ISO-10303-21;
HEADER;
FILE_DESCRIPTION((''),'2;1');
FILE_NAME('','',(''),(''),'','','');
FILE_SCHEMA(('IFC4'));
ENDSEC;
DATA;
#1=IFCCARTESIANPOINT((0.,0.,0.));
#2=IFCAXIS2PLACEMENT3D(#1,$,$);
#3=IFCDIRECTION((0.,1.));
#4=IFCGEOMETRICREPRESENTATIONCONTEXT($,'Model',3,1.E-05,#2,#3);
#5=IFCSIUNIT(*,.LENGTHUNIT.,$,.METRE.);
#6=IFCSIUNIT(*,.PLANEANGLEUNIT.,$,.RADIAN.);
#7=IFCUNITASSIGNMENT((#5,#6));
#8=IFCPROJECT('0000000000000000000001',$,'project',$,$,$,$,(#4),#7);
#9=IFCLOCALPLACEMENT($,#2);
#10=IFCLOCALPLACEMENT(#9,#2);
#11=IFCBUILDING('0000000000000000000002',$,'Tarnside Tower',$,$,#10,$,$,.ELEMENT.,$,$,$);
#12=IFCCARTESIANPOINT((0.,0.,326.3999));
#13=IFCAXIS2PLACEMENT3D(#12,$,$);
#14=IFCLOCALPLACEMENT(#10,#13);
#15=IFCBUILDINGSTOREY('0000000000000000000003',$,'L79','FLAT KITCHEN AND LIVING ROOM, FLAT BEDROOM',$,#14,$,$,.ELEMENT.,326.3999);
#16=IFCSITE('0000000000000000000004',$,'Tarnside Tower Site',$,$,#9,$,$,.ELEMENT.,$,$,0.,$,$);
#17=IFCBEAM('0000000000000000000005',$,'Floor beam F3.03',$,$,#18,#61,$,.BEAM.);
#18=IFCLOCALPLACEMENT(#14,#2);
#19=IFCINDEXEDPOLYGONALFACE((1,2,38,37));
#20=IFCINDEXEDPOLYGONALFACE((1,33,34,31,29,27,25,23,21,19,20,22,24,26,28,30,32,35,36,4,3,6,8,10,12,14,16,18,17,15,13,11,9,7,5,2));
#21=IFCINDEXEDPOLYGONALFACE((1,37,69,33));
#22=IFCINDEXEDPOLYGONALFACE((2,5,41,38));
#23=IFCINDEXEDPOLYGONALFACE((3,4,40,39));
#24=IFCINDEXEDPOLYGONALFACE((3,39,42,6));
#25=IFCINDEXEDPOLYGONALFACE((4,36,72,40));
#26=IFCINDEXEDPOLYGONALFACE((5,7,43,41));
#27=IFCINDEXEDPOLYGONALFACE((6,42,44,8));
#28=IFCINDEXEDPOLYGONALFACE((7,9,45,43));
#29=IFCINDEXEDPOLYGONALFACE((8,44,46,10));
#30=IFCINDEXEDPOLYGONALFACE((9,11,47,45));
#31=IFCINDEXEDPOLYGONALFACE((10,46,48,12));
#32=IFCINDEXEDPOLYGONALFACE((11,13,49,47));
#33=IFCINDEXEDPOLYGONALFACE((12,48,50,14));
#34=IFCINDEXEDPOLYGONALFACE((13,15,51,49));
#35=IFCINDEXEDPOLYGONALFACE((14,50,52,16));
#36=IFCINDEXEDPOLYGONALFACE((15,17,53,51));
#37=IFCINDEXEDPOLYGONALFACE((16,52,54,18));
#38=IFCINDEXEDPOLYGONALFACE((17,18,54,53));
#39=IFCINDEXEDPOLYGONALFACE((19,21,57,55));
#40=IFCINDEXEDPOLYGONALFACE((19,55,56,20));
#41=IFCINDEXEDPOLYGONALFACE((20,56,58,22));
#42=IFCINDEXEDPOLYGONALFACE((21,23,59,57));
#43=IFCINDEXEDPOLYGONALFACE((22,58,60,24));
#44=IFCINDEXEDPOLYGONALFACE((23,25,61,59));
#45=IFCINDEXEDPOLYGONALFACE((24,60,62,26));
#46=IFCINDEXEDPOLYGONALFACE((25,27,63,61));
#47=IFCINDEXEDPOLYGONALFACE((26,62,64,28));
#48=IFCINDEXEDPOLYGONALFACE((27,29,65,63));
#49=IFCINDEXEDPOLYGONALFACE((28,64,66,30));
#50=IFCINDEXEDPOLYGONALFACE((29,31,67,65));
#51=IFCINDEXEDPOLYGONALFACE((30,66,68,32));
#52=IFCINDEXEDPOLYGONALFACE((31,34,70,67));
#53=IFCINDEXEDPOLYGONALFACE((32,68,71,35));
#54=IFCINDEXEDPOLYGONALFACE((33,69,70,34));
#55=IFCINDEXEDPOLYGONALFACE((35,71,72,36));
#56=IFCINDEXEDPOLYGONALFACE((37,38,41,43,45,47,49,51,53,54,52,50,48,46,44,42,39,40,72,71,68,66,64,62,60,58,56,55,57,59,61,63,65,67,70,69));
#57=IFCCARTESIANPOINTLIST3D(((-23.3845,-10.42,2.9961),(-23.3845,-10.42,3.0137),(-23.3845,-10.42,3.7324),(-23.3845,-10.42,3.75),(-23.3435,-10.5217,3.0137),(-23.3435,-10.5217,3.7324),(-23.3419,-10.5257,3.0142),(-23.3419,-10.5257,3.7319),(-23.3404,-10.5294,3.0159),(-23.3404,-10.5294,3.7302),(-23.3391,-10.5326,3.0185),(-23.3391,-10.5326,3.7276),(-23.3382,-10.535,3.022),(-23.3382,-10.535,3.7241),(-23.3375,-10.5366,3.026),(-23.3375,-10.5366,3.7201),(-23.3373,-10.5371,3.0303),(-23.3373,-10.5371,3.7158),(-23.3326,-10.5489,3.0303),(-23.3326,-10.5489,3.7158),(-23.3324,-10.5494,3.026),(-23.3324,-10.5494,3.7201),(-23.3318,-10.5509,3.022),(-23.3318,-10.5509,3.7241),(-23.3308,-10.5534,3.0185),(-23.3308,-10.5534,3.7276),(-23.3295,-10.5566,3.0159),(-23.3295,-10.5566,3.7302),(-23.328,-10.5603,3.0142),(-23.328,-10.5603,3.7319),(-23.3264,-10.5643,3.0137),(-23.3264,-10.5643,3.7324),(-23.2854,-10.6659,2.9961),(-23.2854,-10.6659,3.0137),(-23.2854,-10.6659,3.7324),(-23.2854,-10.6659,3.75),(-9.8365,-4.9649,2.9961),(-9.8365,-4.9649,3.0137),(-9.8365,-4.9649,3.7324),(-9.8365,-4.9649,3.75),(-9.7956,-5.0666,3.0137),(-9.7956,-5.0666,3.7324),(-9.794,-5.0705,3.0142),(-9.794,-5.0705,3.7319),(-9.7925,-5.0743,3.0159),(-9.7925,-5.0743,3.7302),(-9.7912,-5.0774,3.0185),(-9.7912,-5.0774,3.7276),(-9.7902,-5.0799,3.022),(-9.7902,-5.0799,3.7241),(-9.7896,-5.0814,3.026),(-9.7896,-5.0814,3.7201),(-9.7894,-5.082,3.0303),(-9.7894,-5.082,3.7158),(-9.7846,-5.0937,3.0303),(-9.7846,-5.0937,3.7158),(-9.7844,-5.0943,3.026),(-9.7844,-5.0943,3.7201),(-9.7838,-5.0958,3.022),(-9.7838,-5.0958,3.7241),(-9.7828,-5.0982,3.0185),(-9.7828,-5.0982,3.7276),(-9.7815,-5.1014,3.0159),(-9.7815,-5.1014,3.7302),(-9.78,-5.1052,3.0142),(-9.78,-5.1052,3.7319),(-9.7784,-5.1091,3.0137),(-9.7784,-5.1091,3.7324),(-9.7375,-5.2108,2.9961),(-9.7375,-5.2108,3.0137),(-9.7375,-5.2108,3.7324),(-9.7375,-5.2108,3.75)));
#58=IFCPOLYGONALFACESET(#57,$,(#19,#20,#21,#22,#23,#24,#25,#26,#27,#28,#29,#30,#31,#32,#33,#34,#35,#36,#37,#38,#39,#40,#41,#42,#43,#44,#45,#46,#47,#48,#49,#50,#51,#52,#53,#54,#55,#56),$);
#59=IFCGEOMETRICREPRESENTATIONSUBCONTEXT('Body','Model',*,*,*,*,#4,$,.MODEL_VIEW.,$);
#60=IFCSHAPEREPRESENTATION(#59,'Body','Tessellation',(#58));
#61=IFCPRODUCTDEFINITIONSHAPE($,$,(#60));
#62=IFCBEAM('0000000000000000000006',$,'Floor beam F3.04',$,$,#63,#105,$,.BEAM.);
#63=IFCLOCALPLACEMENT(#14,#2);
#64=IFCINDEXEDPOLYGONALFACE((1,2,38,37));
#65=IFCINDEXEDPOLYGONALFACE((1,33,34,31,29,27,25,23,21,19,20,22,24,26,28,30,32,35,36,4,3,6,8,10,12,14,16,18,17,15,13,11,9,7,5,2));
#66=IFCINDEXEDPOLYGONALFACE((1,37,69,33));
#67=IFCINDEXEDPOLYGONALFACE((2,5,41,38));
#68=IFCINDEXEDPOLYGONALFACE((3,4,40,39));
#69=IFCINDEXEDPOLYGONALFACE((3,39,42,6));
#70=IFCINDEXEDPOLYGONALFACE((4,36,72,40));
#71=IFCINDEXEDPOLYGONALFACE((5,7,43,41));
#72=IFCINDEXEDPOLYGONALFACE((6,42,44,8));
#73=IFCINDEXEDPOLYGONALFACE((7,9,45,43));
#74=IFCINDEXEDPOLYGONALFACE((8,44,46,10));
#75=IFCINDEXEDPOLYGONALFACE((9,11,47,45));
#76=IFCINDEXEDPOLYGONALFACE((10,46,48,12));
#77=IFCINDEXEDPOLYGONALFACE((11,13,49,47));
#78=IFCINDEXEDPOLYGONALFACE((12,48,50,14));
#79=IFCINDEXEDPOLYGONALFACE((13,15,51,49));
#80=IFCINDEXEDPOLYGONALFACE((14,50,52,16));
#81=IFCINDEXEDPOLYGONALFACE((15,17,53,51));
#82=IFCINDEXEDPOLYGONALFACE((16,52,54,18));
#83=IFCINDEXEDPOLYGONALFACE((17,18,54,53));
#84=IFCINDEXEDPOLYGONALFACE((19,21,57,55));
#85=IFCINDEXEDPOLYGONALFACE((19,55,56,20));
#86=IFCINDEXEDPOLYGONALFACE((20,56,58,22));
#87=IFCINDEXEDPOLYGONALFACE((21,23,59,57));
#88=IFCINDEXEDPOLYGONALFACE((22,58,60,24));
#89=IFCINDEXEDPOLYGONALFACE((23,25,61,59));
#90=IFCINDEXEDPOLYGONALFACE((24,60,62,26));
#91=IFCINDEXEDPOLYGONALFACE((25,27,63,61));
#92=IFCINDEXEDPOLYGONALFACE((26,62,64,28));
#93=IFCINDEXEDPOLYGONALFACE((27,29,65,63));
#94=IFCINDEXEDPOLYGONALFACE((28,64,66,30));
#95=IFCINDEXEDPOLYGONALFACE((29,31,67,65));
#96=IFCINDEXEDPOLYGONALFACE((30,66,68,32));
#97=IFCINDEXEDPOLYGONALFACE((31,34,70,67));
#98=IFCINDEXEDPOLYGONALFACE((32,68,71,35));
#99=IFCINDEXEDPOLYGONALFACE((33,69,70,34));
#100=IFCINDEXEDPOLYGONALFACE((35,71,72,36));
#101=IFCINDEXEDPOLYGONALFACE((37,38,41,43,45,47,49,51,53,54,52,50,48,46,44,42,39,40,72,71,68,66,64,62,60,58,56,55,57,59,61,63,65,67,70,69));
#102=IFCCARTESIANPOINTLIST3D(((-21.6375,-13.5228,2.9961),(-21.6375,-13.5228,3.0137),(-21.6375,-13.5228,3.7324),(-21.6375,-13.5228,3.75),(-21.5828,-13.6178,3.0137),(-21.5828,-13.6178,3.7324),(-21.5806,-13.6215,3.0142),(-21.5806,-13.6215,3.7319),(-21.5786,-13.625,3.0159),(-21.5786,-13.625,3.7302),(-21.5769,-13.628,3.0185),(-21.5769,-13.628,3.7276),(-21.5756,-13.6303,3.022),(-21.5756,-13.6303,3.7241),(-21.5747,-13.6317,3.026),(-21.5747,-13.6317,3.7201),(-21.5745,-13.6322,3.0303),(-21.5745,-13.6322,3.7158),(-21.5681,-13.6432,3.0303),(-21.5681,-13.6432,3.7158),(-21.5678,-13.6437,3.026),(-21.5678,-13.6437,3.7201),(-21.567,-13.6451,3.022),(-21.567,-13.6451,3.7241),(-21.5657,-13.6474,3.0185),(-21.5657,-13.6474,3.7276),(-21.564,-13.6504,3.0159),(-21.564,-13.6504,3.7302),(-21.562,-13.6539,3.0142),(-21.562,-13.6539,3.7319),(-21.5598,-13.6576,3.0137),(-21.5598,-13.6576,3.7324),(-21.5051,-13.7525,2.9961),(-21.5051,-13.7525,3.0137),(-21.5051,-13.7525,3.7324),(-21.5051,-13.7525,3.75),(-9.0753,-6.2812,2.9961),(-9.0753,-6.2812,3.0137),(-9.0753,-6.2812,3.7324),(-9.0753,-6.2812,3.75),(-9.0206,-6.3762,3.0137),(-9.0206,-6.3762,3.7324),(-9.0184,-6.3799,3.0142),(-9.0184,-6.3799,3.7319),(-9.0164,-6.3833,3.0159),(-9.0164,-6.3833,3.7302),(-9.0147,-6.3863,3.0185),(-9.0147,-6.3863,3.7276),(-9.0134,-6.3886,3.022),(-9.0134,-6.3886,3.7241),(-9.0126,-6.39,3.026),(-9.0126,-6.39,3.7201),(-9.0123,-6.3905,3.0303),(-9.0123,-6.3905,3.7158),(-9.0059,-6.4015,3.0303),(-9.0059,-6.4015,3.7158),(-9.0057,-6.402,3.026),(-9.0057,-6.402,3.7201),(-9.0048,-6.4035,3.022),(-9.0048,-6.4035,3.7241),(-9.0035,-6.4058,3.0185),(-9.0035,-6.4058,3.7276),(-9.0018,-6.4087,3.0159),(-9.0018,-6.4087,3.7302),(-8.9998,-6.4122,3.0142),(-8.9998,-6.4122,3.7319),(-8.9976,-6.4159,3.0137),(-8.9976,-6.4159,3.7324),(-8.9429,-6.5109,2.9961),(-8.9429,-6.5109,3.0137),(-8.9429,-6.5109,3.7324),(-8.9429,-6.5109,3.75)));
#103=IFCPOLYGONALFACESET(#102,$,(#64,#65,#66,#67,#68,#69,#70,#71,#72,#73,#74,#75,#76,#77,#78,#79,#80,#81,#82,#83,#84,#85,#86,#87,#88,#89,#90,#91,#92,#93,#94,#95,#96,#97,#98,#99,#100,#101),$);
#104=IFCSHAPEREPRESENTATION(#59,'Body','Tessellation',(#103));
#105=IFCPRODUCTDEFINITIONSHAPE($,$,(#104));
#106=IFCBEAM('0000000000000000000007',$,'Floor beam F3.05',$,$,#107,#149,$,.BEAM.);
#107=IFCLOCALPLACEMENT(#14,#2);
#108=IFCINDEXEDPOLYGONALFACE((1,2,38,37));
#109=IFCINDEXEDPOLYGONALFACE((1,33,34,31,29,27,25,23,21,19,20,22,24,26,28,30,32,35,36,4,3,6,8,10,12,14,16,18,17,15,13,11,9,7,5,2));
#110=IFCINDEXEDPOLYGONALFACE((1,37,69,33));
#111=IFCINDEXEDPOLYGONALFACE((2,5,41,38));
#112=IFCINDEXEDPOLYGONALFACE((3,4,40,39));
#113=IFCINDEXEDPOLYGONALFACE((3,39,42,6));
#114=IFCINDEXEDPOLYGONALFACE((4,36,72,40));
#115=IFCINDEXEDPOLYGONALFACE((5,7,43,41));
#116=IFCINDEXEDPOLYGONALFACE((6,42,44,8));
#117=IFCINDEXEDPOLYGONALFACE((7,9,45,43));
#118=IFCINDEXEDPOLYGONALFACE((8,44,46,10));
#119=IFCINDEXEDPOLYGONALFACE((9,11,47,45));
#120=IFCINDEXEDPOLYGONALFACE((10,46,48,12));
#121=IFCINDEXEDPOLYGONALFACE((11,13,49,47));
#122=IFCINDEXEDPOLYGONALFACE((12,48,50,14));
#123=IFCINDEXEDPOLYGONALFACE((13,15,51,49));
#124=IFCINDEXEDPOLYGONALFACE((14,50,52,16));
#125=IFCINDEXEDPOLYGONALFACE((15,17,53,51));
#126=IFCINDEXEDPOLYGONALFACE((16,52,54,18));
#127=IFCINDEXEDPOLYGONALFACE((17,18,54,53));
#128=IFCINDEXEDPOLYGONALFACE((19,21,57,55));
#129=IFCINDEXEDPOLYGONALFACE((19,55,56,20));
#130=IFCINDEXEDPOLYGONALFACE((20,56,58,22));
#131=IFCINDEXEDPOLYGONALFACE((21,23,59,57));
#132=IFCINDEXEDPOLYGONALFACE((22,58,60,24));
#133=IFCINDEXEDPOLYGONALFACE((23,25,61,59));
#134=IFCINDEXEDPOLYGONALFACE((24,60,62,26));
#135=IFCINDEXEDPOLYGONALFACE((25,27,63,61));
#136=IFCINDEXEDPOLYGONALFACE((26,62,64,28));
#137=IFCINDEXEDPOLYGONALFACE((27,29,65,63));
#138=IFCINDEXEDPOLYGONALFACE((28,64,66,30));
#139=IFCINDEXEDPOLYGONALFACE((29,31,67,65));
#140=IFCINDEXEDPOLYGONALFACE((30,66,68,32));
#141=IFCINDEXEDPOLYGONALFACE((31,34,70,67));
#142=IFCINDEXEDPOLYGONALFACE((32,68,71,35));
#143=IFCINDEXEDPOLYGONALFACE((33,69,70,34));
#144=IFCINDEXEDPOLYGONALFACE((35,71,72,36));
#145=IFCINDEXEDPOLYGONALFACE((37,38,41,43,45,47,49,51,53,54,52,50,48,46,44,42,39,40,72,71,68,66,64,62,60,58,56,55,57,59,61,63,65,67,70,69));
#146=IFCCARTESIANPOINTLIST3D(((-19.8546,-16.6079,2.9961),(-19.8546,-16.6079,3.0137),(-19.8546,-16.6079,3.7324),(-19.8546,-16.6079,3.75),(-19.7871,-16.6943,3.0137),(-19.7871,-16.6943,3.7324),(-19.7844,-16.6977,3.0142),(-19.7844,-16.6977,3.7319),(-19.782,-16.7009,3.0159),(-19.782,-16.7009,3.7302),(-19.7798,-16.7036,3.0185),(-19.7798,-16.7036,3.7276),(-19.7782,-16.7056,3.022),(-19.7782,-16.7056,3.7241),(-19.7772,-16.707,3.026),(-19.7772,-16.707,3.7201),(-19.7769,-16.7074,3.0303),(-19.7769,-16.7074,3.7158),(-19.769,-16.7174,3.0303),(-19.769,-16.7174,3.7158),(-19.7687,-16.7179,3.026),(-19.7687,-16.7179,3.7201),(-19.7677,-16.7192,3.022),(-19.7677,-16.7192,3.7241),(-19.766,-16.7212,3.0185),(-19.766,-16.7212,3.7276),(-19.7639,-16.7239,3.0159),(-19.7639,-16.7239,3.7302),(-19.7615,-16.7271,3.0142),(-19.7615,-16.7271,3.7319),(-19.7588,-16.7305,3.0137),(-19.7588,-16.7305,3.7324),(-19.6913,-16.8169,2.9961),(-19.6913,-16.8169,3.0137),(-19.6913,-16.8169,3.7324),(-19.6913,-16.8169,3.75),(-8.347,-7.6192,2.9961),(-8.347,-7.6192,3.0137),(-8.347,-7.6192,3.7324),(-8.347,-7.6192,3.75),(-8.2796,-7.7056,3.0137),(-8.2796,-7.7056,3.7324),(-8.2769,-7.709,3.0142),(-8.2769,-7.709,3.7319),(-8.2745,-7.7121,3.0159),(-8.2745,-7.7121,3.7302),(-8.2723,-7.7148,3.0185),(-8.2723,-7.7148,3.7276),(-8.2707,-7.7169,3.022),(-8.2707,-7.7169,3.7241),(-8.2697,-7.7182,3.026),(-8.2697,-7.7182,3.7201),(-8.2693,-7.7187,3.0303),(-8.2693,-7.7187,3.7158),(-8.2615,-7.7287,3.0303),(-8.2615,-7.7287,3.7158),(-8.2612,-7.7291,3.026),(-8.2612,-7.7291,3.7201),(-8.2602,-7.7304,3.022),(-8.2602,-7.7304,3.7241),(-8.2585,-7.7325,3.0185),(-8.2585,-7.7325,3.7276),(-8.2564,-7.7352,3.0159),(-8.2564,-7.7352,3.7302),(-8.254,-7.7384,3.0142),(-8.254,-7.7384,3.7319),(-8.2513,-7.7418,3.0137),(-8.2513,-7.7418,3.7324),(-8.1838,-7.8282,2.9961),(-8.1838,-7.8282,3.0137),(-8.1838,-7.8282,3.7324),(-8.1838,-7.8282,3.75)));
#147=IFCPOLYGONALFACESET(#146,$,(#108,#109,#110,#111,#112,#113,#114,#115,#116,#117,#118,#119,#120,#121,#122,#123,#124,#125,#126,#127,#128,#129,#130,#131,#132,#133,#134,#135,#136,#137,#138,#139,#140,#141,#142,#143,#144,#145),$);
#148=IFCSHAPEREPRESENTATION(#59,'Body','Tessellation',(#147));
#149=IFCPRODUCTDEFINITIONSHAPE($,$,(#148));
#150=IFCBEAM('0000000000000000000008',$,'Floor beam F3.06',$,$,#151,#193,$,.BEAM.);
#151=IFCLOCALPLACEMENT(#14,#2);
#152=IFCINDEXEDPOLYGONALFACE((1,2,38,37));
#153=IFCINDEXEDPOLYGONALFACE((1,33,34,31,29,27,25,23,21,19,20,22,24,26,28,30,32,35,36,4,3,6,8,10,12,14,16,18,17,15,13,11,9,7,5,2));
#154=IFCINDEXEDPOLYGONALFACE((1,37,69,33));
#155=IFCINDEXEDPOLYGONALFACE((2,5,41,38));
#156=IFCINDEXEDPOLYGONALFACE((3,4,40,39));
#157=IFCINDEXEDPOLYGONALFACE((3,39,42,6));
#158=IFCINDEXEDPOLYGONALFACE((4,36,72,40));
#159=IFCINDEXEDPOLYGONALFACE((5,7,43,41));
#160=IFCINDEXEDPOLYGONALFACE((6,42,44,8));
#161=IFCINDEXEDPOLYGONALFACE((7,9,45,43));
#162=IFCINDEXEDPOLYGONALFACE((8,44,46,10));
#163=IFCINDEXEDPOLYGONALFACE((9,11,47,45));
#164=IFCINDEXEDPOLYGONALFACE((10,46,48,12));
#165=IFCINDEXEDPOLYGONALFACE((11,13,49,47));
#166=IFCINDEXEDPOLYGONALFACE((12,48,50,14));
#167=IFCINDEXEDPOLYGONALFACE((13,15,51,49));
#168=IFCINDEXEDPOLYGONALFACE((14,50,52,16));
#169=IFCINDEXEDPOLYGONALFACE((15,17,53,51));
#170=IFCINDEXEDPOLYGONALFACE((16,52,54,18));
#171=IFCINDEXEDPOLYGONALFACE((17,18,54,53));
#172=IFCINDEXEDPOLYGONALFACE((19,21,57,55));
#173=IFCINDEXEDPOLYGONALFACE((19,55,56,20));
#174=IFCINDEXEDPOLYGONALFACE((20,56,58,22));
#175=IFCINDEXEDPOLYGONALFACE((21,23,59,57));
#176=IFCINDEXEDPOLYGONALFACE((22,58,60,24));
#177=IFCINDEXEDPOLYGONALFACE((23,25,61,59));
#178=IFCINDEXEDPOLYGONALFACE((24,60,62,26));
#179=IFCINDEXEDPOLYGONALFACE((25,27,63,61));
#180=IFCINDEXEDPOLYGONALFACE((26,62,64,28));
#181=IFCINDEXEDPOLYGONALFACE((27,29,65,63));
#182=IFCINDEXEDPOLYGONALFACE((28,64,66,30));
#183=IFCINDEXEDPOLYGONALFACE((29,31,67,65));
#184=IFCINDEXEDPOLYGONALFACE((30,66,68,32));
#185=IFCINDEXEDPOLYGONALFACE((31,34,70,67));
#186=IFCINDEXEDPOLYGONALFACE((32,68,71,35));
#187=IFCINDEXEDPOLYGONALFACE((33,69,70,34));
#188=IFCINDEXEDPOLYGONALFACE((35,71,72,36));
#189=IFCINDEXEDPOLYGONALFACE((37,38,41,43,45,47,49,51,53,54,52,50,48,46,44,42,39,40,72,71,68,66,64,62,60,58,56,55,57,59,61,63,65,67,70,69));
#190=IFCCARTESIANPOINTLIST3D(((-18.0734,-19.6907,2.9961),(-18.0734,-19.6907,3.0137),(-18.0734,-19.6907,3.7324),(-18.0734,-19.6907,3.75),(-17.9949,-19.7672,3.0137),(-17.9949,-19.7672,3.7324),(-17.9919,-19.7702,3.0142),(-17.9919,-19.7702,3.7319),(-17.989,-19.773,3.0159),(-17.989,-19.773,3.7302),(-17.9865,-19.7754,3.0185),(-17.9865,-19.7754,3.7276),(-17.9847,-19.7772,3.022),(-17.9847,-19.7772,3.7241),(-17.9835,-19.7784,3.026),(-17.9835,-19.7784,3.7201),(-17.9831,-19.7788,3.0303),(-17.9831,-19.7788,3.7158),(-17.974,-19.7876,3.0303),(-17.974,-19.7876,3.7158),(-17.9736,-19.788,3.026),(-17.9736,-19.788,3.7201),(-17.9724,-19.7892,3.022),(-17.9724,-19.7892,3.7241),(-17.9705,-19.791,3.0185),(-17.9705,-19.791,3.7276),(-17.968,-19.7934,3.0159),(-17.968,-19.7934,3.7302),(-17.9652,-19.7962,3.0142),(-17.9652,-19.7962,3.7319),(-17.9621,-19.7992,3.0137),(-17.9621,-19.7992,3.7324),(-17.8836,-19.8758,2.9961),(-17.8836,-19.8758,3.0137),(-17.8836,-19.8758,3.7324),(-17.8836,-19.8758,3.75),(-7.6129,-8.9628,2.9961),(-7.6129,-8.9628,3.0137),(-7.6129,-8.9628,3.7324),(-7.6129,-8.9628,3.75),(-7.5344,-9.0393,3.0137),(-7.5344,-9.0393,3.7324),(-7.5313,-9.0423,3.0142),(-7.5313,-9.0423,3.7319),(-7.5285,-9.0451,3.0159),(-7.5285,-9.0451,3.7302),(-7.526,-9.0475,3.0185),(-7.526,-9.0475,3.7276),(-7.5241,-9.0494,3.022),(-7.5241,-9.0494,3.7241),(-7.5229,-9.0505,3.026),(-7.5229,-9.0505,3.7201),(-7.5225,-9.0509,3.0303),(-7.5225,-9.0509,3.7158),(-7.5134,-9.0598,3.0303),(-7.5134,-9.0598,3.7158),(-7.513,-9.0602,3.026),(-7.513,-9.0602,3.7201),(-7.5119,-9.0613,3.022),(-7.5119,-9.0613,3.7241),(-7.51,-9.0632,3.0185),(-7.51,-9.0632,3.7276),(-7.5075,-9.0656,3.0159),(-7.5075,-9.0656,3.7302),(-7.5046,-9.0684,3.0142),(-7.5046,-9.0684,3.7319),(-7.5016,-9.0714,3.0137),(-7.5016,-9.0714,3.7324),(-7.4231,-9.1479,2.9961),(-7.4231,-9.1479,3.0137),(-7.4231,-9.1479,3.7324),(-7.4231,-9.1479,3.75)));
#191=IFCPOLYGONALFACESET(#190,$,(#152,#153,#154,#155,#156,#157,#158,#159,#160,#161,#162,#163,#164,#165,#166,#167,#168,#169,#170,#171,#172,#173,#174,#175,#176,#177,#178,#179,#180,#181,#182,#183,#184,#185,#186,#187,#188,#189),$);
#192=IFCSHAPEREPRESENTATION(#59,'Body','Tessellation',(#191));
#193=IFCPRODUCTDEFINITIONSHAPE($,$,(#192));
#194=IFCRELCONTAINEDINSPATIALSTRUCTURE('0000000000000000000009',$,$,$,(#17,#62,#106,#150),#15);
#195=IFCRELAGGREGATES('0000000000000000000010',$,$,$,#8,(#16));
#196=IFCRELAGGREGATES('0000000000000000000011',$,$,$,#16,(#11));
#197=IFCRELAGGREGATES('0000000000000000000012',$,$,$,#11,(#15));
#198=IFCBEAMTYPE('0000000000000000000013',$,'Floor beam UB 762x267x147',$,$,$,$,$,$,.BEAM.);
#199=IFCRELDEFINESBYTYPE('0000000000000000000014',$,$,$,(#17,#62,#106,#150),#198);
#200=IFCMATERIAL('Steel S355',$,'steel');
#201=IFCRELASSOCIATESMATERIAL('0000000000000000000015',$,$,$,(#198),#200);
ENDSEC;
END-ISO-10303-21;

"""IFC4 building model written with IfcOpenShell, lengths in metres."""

from ifc_helpers import new_model, si_unit, direction, frame, origin, origin_2d, place, context, subcontext, project, spatial, i_section, extrude, material, material_profile, profile_set, type_object, element, save


model = new_model("IFC4")

# Units and contexts
model_context = context("Model", 3, precision=1e-05, world=origin(), true_north=direction((0.0, 1.0)))
body_context = subcontext(model_context, "Body", "Model", "MODEL_VIEW")
ifc_project = project(units=[si_unit("LENGTHUNIT", "METRE"), si_unit("PLANEANGLEUNIT", "RADIAN")], contexts=[model_context])

# Site, building, storey
site_placement = place(None, origin())
site = spatial("IfcSite", under=ifc_project, at=site_placement, Name="Tarnside Tower Site", CompositionType="ELEMENT", RefElevation=0.0)
building_placement = place(site_placement, origin())
building = spatial("IfcBuilding", under=site, at=building_placement, Name="Tarnside Tower", CompositionType="ELEMENT")
storey_placement = place(building_placement, frame((0.0, 0.0, 326.3999)))
storey = spatial("IfcBuildingStorey", under=building, at=storey_placement, Name="L79", Description="FLAT KITCHEN AND LIVING ROOM, FLAT BEDROOM", CompositionType="ELEMENT", Elevation=326.3999)

# Beams
ifc_material_1 = material(Name="Steel S355", Category="steel")
ifc_material_profile_1 = material_profile(ifc_material_1, i_section(OverallWidth=0.2651, OverallDepth=0.7539, WebThickness=0.0127, FlangeThickness=0.0176, FilletRadius=0.0166, at=origin_2d()), Name="UB 762x267x147")
ifc_profile_set_1 = profile_set([ifc_material_profile_1], Name="Steel S355")
beam_type_1 = type_object("IfcBeamType", Name="Floor beam UB 762x267x147", PredefinedType="BEAM", material=ifc_profile_set_1)
beam_1_placement = place(storey_placement, frame((-23.335, -10.543, 3.373), z_axis=(0.927626, 0.373511, 0.0), x_axis=(-0.373511, 0.927626, 0.0)))
element("IfcBeam", 1, at=beam_1_placement, inside=storey, type_object=beam_type_1, Name="Floor beam F3.03", PredefinedType="BEAM", context=body_context, shape_type="SweptSolid", body=[
    extrude(i_section(OverallWidth=0.2651, OverallDepth=0.7539, WebThickness=0.0127, FlangeThickness=0.0176, FilletRadius=0.0166, at=origin_2d()), origin(), (0.0, 0.0, 1.0), 14.605),
])
beam_2_placement = place(storey_placement, frame((-21.5713, -13.6377, 3.373), z_axis=(0.866357, 0.499425, 0.0), x_axis=(-0.499425, 0.866357, 0.0)))
element("IfcBeam", 2, at=beam_2_placement, inside=storey, type_object=beam_type_1, Name="Floor beam F3.04", PredefinedType="BEAM", context=body_context, shape_type="SweptSolid", body=[
    extrude(i_section(OverallWidth=0.2651, OverallDepth=0.7539, WebThickness=0.0127, FlangeThickness=0.0176, FilletRadius=0.0166, at=origin_2d()), origin(), (0.0, 0.0, 1.0), 14.5),
])
beam_3_placement = place(storey_placement, frame((-19.7729, -16.7124, 3.373), z_axis=(0.788075, 0.615579, 0.0), x_axis=(-0.615579, 0.788075, 0.0)))
element("IfcBeam", 3, at=beam_3_placement, inside=storey, type_object=beam_type_1, Name="Floor beam F3.05", PredefinedType="BEAM", context=body_context, shape_type="SweptSolid", body=[
    extrude(i_section(OverallWidth=0.2651, OverallDepth=0.7539, WebThickness=0.0127, FlangeThickness=0.0176, FilletRadius=0.0166, at=origin_2d()), origin(), (0.0, 0.0, 1.0), 14.6021),
])
beam_4_placement = place(storey_placement, frame((-17.9785, -19.7832, 3.373), z_axis=(0.69813, 0.715971, 0.0), x_axis=(-0.715971, 0.69813, 0.0)))
element("IfcBeam", 4, at=beam_4_placement, inside=storey, type_object=beam_type_1, Name="Floor beam F3.06", PredefinedType="BEAM", context=body_context, shape_type="SweptSolid", body=[
    extrude(i_section(OverallWidth=0.2651, OverallDepth=0.7539, WebThickness=0.0127, FlangeThickness=0.0176, FilletRadius=0.0166, at=origin_2d()), origin(), (0.0, 0.0, 1.0), 14.9836),
])

save(model, "model.ifc")
